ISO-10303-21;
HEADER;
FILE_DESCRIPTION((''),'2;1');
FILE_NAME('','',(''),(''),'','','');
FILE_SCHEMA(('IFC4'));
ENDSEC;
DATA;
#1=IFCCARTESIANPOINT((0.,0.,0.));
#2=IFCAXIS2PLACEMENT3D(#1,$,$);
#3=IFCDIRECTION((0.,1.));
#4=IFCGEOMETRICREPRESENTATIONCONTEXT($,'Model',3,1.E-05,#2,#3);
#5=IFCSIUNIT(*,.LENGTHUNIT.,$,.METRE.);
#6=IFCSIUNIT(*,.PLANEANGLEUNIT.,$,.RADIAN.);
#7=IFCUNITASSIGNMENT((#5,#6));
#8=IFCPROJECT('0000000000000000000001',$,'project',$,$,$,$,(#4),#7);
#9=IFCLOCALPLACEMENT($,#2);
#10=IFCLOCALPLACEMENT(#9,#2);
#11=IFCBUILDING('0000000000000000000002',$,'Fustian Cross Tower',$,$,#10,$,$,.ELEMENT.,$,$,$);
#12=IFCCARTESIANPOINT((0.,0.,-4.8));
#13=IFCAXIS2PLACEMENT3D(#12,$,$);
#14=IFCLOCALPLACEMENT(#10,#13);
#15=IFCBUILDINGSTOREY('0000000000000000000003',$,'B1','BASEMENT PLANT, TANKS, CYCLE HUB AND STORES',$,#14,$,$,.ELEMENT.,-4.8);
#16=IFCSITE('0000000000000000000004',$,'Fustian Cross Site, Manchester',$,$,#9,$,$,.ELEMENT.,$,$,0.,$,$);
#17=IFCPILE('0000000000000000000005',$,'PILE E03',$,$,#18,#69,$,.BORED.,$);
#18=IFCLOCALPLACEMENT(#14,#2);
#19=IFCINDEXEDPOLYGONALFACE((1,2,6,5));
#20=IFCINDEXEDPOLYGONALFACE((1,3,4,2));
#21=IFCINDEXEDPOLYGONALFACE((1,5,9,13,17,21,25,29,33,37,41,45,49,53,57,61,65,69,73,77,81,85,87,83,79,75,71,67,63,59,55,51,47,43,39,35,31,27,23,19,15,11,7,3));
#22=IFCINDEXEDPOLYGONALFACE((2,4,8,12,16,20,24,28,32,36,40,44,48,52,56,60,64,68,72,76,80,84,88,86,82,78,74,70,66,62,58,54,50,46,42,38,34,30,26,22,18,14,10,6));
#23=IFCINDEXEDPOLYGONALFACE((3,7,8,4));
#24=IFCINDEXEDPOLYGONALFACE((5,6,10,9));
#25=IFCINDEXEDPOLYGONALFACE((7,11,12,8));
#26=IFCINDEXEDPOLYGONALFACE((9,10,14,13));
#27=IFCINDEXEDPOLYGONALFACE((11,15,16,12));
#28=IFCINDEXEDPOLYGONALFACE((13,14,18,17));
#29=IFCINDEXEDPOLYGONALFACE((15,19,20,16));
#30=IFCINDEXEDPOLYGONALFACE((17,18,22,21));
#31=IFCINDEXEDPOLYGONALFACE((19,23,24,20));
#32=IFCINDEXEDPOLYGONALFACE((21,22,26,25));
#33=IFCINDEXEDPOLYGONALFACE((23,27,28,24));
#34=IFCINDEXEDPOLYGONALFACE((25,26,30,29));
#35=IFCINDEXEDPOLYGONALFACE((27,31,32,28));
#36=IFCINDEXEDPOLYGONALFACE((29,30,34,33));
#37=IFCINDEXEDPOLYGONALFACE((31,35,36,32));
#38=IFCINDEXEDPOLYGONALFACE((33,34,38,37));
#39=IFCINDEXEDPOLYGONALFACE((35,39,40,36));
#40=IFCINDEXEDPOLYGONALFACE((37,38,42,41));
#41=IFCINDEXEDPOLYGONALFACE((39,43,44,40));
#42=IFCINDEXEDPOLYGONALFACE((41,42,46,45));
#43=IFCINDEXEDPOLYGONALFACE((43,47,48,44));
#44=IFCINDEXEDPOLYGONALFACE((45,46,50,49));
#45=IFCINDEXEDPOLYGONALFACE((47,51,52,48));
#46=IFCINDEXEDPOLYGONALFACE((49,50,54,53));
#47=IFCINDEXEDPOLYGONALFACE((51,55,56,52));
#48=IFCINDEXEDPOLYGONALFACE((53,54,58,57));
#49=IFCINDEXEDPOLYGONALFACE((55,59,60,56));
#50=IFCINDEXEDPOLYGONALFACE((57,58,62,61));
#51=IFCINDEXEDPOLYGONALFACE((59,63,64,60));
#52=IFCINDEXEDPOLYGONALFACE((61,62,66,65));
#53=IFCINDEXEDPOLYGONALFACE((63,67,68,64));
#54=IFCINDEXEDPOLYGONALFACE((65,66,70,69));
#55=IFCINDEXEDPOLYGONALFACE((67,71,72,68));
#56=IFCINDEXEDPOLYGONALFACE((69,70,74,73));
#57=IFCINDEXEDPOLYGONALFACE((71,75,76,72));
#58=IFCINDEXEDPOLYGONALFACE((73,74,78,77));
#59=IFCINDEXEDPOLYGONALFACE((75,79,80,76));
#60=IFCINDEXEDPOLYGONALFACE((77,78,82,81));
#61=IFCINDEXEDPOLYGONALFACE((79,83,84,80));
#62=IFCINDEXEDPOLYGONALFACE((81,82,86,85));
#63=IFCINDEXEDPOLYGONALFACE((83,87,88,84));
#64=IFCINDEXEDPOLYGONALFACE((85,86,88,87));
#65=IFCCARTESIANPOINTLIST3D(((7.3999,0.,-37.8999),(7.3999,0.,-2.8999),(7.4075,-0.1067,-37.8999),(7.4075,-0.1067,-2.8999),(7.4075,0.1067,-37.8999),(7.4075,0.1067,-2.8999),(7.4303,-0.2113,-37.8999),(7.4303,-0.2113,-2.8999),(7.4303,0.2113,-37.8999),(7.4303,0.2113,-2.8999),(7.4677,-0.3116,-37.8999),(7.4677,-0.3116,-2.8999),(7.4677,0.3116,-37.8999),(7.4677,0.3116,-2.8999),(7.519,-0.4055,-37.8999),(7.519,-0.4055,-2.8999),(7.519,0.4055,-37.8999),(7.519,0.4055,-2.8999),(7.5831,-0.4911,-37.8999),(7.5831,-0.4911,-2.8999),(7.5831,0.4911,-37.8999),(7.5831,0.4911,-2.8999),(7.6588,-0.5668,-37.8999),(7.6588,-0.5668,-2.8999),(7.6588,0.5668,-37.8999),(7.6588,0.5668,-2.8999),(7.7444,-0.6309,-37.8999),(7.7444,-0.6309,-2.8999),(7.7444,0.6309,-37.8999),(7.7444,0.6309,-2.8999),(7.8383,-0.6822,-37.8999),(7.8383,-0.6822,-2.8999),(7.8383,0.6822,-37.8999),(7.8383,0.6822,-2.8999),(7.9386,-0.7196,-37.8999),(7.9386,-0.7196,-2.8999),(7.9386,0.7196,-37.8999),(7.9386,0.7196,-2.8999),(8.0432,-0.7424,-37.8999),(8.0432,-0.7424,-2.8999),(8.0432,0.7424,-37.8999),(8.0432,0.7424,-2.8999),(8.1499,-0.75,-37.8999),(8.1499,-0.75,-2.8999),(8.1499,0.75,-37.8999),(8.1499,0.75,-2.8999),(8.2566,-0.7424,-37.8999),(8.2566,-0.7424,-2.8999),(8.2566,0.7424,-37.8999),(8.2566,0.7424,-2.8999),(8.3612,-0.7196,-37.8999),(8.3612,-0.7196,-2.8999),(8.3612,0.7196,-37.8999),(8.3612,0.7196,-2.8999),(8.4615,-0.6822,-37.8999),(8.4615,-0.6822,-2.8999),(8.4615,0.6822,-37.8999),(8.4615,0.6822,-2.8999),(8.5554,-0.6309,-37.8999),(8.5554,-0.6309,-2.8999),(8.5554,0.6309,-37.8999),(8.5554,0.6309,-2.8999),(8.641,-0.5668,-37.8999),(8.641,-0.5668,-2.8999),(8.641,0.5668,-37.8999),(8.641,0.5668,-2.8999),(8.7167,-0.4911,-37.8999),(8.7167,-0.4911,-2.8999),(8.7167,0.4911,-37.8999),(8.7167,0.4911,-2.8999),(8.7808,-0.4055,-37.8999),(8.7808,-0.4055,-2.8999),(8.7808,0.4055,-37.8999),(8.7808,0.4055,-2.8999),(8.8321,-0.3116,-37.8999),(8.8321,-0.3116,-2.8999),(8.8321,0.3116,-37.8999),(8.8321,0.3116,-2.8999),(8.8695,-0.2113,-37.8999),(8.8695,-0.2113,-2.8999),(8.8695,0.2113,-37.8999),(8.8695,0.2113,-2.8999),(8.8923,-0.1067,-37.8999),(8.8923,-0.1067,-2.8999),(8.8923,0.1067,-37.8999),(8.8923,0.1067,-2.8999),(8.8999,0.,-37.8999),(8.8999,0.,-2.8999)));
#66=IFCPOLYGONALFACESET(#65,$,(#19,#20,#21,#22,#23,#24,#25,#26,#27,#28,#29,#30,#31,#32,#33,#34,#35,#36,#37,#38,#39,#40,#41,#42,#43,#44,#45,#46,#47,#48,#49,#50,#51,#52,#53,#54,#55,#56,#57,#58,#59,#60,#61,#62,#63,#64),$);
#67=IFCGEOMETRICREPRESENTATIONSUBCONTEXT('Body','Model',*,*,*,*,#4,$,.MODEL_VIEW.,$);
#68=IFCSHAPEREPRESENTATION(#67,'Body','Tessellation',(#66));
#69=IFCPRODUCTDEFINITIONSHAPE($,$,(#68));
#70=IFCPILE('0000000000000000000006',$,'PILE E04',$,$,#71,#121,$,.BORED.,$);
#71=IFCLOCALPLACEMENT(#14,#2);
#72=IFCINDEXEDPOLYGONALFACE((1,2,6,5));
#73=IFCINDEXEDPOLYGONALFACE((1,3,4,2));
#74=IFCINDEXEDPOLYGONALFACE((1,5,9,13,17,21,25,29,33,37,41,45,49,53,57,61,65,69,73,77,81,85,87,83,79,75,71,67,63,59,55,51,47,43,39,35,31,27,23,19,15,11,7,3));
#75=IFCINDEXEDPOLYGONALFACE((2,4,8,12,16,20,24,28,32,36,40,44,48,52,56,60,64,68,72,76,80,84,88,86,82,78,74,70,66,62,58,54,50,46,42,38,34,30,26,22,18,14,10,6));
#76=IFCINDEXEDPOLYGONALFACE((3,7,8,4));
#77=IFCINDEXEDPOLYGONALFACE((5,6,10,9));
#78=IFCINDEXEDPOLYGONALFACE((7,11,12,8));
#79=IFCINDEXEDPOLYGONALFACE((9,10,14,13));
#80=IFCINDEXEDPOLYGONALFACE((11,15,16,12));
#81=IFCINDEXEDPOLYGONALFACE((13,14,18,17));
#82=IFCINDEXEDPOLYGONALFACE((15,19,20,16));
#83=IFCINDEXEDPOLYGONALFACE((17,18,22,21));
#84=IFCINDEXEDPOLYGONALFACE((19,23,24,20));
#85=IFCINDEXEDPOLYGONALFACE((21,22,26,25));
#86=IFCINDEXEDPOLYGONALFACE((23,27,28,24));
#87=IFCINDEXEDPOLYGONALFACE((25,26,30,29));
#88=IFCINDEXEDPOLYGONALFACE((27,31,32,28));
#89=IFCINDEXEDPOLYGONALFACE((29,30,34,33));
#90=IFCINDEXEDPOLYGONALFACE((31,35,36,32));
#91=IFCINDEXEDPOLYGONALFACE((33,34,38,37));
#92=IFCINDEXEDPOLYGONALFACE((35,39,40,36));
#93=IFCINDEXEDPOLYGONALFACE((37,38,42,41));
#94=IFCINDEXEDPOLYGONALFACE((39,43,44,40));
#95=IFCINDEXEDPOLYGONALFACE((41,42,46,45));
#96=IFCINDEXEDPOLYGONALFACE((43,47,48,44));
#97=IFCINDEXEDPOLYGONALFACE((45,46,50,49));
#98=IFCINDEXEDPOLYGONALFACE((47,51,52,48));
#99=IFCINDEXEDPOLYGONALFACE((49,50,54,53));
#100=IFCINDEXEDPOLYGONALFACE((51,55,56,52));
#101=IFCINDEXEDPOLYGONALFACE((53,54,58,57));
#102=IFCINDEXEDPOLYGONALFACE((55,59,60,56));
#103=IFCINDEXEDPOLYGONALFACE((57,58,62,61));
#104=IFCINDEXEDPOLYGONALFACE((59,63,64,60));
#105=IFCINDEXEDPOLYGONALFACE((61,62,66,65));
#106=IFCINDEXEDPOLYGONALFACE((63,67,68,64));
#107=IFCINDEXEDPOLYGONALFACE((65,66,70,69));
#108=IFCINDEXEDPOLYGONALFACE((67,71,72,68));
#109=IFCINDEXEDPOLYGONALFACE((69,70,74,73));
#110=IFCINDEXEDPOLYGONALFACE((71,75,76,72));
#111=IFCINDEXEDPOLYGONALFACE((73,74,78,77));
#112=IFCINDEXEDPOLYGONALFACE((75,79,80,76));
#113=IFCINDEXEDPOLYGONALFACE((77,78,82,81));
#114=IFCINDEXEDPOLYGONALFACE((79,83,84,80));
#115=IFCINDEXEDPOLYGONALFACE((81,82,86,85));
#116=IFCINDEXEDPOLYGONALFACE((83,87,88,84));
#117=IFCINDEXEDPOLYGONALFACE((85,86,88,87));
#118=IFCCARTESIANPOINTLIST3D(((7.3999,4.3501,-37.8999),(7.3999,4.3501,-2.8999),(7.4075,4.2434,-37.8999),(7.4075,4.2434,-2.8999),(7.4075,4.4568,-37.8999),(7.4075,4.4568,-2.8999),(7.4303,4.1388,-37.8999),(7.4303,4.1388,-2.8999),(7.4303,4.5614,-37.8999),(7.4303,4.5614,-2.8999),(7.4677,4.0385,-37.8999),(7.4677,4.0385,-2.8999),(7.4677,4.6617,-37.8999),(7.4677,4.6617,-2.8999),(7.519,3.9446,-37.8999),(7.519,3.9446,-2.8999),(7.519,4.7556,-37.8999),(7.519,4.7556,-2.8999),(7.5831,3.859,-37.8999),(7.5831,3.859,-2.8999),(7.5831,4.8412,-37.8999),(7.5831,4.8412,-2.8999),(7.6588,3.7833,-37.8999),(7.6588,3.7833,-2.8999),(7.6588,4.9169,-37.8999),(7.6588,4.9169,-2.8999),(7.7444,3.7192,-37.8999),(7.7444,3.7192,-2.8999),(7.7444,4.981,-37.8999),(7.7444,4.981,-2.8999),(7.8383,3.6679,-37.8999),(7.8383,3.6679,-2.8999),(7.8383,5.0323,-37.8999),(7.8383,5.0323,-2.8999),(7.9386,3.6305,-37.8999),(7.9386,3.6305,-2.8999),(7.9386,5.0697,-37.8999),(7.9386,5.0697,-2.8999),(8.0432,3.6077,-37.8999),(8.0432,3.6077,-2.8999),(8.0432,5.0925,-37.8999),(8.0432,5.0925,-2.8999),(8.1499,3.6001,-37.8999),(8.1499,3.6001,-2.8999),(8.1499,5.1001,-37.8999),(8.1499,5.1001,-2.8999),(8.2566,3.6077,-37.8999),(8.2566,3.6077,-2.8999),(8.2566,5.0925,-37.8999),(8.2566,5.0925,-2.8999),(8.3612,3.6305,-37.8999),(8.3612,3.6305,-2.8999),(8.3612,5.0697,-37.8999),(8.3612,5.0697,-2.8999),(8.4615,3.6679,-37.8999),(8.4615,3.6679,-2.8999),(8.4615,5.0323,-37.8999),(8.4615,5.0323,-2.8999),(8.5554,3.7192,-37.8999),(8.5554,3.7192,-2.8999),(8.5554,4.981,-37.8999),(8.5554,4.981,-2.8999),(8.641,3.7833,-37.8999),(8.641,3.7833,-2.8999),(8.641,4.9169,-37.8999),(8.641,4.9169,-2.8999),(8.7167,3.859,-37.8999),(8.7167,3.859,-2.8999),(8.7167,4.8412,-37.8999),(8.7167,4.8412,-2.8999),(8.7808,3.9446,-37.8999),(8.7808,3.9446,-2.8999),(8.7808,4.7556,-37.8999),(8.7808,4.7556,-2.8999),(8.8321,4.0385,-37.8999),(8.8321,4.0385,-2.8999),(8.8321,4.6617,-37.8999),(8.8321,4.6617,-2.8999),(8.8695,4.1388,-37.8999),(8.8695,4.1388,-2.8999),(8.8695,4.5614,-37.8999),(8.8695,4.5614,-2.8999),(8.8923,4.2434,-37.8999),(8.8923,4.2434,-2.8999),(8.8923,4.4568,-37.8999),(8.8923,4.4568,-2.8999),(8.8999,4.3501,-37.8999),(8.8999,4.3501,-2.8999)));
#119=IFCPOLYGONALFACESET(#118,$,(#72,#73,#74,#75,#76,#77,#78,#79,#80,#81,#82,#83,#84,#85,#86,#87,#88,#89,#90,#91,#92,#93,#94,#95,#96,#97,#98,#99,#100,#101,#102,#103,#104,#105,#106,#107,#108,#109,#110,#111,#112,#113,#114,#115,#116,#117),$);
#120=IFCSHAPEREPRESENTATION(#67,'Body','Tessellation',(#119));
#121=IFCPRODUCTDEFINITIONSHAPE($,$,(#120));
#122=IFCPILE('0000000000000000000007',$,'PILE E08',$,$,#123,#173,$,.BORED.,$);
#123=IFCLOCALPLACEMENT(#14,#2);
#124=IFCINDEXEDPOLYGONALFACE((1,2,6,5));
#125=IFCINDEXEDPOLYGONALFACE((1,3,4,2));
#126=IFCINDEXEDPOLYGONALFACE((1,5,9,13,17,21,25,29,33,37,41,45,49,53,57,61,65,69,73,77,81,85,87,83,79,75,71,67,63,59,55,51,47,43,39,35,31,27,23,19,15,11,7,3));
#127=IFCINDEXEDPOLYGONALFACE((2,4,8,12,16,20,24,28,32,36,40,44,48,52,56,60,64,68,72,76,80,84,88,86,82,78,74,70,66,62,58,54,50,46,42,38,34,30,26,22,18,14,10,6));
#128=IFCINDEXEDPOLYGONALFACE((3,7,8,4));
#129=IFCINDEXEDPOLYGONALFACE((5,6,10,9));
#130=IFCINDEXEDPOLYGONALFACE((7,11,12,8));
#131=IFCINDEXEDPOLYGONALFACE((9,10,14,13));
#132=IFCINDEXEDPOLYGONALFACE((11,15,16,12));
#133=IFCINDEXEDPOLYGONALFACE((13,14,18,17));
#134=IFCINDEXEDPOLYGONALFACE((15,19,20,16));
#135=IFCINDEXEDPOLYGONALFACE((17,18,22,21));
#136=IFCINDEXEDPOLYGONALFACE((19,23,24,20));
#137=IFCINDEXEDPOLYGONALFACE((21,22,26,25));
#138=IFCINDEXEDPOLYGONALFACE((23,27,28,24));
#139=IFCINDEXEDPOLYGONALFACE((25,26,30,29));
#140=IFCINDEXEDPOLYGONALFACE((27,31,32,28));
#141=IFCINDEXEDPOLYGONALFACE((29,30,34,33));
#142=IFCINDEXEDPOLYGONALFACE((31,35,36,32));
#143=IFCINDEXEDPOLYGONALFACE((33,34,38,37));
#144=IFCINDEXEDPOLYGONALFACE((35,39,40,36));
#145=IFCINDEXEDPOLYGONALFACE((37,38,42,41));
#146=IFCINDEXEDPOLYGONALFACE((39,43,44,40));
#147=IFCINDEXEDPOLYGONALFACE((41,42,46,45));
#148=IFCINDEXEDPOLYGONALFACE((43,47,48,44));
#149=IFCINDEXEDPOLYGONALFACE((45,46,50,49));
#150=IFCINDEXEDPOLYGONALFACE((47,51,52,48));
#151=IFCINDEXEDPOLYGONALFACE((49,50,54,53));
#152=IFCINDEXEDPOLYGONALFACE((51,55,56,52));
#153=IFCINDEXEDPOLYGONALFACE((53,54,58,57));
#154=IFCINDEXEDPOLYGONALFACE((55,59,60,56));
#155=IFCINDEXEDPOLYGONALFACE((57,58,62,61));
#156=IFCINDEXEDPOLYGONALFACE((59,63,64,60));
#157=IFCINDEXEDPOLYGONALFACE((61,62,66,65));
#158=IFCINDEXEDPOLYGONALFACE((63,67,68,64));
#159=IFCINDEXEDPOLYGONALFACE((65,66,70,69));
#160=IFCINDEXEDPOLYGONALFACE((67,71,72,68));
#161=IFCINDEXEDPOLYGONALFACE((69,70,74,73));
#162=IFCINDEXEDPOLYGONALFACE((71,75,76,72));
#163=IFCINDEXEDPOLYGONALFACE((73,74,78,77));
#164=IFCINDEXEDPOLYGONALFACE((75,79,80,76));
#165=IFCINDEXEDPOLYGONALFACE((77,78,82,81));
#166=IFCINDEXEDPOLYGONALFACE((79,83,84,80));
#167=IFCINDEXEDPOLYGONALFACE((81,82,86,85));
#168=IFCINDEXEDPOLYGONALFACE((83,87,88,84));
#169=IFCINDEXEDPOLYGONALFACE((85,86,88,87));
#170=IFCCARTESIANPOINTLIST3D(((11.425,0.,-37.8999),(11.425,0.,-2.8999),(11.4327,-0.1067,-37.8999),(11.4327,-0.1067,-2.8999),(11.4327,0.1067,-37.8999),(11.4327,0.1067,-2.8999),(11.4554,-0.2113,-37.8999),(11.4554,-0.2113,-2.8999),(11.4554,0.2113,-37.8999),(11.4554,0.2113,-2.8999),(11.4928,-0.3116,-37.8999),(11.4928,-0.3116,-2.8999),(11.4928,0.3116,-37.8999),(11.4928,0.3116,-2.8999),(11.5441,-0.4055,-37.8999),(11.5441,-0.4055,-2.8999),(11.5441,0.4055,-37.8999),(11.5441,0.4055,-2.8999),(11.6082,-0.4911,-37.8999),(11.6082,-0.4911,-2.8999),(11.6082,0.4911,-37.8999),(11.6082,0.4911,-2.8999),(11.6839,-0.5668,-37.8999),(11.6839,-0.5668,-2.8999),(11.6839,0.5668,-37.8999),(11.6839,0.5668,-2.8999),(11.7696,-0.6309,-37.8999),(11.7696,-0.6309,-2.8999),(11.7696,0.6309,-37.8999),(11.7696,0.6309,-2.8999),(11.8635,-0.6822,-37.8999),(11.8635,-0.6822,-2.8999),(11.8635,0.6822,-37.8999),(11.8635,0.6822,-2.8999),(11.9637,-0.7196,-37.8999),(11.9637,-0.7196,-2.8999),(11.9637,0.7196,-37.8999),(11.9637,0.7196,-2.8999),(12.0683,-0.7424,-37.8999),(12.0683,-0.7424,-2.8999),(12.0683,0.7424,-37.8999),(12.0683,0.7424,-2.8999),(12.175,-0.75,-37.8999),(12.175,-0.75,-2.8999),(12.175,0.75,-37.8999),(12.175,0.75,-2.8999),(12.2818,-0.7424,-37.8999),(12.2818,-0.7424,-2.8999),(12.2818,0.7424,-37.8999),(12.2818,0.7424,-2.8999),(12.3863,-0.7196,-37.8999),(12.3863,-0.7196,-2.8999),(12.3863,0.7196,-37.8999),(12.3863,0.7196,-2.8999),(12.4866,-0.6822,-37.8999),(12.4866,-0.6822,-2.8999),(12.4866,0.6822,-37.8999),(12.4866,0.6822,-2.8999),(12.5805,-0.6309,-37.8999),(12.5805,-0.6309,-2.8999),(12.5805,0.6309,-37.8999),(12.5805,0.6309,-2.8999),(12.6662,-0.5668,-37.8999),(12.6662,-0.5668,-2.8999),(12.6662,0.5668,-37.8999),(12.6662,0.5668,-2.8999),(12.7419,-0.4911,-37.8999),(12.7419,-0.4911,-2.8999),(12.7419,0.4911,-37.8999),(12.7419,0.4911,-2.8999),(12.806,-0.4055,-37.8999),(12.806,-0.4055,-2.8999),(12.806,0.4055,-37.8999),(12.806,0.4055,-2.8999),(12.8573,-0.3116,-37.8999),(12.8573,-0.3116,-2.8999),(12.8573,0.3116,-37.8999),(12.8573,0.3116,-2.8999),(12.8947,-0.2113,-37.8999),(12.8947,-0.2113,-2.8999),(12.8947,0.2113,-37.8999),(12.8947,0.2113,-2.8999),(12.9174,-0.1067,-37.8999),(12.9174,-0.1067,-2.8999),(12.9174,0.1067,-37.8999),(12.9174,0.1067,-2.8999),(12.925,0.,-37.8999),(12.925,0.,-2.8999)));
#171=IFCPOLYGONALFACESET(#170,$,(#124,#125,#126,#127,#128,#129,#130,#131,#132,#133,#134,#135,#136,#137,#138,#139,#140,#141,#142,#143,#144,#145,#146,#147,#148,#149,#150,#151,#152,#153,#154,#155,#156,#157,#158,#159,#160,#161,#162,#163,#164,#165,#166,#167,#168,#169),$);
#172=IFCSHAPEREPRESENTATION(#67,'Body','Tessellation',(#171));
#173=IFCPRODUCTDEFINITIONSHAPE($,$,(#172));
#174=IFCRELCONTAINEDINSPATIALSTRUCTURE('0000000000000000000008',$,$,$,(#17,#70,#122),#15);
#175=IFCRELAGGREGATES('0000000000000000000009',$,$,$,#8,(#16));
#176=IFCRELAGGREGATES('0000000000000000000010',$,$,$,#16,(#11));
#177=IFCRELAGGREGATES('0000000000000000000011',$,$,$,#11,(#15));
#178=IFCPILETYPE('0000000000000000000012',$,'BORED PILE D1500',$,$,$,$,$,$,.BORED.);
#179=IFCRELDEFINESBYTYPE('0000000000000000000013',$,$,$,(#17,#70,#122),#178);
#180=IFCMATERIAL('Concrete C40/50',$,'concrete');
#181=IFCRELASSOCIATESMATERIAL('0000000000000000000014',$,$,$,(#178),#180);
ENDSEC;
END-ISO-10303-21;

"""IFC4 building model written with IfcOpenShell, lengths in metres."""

from ifc_helpers import new_model, si_unit, direction, frame, origin, origin_2d, place, context, subcontext, project, spatial, circle, extrude, material, material_profile, profile_set, type_object, element, save


model = new_model("IFC4")

# Units and contexts
model_context = context("Model", 3, precision=1e-05, world=origin(), true_north=direction((0.0, 1.0)))
body_context = subcontext(model_context, "Body", "Model", "MODEL_VIEW")
ifc_project = project(units=[si_unit("LENGTHUNIT", "METRE"), si_unit("PLANEANGLEUNIT", "RADIAN")], contexts=[model_context])

# Site, building, storey
site_placement = place(None, origin())
site = spatial("IfcSite", under=ifc_project, at=site_placement, Name="Fustian Cross Site, Manchester", CompositionType="ELEMENT", RefElevation=0.0)
building_placement = place(site_placement, origin())
building = spatial("IfcBuilding", under=site, at=building_placement, Name="Fustian Cross Tower", CompositionType="ELEMENT")
storey_placement = place(building_placement, frame((0.0, 0.0, -4.8)))
storey = spatial("IfcBuildingStorey", under=building, at=storey_placement, Name="B1", Description="BASEMENT PLANT, TANKS, CYCLE HUB AND STORES", CompositionType="ELEMENT", Elevation=-4.8)

# Piles
ifc_material_1 = material(Name="Concrete C40/50", Category="concrete")
ifc_material_profile = material_profile(ifc_material_1, circle(Radius=0.75, at=origin_2d()), Name="BORED PILE D1500")
ifc_profile_set = profile_set([ifc_material_profile], Name="Concrete C40/50")
pile_type = type_object("IfcPileType", Name="BORED PILE D1500", PredefinedType="BORED", material=ifc_profile_set)
for number, where, z_axis, x_axis, name in (
    (1, (8.1499, 0.0, -2.8999), (0.0, 0.0, -1.0), (1.0, 0.0, 0.0), "PILE E03"),
    (2, (8.1499, 4.3501, -2.8999), (0.0, 0.0, -1.0), (1.0, 0.0, 0.0), "PILE E04"),
    (3, (12.175, 0.0, -2.8999), (0.0, 0.0, -1.0), (1.0, 0.0, 0.0), "PILE E08"),
):
    element("IfcPile", number, at=place(storey_placement, frame(where, z_axis=z_axis, x_axis=x_axis)), inside=storey, type_object=pile_type, Name=name, PredefinedType="BORED", context=body_context, shape_type="SweptSolid", body=[
        extrude(circle(Radius=0.75, at=origin_2d()), origin(), (0.0, 0.0, 1.0), 35.0),
    ])

save(model, "model.ifc")
